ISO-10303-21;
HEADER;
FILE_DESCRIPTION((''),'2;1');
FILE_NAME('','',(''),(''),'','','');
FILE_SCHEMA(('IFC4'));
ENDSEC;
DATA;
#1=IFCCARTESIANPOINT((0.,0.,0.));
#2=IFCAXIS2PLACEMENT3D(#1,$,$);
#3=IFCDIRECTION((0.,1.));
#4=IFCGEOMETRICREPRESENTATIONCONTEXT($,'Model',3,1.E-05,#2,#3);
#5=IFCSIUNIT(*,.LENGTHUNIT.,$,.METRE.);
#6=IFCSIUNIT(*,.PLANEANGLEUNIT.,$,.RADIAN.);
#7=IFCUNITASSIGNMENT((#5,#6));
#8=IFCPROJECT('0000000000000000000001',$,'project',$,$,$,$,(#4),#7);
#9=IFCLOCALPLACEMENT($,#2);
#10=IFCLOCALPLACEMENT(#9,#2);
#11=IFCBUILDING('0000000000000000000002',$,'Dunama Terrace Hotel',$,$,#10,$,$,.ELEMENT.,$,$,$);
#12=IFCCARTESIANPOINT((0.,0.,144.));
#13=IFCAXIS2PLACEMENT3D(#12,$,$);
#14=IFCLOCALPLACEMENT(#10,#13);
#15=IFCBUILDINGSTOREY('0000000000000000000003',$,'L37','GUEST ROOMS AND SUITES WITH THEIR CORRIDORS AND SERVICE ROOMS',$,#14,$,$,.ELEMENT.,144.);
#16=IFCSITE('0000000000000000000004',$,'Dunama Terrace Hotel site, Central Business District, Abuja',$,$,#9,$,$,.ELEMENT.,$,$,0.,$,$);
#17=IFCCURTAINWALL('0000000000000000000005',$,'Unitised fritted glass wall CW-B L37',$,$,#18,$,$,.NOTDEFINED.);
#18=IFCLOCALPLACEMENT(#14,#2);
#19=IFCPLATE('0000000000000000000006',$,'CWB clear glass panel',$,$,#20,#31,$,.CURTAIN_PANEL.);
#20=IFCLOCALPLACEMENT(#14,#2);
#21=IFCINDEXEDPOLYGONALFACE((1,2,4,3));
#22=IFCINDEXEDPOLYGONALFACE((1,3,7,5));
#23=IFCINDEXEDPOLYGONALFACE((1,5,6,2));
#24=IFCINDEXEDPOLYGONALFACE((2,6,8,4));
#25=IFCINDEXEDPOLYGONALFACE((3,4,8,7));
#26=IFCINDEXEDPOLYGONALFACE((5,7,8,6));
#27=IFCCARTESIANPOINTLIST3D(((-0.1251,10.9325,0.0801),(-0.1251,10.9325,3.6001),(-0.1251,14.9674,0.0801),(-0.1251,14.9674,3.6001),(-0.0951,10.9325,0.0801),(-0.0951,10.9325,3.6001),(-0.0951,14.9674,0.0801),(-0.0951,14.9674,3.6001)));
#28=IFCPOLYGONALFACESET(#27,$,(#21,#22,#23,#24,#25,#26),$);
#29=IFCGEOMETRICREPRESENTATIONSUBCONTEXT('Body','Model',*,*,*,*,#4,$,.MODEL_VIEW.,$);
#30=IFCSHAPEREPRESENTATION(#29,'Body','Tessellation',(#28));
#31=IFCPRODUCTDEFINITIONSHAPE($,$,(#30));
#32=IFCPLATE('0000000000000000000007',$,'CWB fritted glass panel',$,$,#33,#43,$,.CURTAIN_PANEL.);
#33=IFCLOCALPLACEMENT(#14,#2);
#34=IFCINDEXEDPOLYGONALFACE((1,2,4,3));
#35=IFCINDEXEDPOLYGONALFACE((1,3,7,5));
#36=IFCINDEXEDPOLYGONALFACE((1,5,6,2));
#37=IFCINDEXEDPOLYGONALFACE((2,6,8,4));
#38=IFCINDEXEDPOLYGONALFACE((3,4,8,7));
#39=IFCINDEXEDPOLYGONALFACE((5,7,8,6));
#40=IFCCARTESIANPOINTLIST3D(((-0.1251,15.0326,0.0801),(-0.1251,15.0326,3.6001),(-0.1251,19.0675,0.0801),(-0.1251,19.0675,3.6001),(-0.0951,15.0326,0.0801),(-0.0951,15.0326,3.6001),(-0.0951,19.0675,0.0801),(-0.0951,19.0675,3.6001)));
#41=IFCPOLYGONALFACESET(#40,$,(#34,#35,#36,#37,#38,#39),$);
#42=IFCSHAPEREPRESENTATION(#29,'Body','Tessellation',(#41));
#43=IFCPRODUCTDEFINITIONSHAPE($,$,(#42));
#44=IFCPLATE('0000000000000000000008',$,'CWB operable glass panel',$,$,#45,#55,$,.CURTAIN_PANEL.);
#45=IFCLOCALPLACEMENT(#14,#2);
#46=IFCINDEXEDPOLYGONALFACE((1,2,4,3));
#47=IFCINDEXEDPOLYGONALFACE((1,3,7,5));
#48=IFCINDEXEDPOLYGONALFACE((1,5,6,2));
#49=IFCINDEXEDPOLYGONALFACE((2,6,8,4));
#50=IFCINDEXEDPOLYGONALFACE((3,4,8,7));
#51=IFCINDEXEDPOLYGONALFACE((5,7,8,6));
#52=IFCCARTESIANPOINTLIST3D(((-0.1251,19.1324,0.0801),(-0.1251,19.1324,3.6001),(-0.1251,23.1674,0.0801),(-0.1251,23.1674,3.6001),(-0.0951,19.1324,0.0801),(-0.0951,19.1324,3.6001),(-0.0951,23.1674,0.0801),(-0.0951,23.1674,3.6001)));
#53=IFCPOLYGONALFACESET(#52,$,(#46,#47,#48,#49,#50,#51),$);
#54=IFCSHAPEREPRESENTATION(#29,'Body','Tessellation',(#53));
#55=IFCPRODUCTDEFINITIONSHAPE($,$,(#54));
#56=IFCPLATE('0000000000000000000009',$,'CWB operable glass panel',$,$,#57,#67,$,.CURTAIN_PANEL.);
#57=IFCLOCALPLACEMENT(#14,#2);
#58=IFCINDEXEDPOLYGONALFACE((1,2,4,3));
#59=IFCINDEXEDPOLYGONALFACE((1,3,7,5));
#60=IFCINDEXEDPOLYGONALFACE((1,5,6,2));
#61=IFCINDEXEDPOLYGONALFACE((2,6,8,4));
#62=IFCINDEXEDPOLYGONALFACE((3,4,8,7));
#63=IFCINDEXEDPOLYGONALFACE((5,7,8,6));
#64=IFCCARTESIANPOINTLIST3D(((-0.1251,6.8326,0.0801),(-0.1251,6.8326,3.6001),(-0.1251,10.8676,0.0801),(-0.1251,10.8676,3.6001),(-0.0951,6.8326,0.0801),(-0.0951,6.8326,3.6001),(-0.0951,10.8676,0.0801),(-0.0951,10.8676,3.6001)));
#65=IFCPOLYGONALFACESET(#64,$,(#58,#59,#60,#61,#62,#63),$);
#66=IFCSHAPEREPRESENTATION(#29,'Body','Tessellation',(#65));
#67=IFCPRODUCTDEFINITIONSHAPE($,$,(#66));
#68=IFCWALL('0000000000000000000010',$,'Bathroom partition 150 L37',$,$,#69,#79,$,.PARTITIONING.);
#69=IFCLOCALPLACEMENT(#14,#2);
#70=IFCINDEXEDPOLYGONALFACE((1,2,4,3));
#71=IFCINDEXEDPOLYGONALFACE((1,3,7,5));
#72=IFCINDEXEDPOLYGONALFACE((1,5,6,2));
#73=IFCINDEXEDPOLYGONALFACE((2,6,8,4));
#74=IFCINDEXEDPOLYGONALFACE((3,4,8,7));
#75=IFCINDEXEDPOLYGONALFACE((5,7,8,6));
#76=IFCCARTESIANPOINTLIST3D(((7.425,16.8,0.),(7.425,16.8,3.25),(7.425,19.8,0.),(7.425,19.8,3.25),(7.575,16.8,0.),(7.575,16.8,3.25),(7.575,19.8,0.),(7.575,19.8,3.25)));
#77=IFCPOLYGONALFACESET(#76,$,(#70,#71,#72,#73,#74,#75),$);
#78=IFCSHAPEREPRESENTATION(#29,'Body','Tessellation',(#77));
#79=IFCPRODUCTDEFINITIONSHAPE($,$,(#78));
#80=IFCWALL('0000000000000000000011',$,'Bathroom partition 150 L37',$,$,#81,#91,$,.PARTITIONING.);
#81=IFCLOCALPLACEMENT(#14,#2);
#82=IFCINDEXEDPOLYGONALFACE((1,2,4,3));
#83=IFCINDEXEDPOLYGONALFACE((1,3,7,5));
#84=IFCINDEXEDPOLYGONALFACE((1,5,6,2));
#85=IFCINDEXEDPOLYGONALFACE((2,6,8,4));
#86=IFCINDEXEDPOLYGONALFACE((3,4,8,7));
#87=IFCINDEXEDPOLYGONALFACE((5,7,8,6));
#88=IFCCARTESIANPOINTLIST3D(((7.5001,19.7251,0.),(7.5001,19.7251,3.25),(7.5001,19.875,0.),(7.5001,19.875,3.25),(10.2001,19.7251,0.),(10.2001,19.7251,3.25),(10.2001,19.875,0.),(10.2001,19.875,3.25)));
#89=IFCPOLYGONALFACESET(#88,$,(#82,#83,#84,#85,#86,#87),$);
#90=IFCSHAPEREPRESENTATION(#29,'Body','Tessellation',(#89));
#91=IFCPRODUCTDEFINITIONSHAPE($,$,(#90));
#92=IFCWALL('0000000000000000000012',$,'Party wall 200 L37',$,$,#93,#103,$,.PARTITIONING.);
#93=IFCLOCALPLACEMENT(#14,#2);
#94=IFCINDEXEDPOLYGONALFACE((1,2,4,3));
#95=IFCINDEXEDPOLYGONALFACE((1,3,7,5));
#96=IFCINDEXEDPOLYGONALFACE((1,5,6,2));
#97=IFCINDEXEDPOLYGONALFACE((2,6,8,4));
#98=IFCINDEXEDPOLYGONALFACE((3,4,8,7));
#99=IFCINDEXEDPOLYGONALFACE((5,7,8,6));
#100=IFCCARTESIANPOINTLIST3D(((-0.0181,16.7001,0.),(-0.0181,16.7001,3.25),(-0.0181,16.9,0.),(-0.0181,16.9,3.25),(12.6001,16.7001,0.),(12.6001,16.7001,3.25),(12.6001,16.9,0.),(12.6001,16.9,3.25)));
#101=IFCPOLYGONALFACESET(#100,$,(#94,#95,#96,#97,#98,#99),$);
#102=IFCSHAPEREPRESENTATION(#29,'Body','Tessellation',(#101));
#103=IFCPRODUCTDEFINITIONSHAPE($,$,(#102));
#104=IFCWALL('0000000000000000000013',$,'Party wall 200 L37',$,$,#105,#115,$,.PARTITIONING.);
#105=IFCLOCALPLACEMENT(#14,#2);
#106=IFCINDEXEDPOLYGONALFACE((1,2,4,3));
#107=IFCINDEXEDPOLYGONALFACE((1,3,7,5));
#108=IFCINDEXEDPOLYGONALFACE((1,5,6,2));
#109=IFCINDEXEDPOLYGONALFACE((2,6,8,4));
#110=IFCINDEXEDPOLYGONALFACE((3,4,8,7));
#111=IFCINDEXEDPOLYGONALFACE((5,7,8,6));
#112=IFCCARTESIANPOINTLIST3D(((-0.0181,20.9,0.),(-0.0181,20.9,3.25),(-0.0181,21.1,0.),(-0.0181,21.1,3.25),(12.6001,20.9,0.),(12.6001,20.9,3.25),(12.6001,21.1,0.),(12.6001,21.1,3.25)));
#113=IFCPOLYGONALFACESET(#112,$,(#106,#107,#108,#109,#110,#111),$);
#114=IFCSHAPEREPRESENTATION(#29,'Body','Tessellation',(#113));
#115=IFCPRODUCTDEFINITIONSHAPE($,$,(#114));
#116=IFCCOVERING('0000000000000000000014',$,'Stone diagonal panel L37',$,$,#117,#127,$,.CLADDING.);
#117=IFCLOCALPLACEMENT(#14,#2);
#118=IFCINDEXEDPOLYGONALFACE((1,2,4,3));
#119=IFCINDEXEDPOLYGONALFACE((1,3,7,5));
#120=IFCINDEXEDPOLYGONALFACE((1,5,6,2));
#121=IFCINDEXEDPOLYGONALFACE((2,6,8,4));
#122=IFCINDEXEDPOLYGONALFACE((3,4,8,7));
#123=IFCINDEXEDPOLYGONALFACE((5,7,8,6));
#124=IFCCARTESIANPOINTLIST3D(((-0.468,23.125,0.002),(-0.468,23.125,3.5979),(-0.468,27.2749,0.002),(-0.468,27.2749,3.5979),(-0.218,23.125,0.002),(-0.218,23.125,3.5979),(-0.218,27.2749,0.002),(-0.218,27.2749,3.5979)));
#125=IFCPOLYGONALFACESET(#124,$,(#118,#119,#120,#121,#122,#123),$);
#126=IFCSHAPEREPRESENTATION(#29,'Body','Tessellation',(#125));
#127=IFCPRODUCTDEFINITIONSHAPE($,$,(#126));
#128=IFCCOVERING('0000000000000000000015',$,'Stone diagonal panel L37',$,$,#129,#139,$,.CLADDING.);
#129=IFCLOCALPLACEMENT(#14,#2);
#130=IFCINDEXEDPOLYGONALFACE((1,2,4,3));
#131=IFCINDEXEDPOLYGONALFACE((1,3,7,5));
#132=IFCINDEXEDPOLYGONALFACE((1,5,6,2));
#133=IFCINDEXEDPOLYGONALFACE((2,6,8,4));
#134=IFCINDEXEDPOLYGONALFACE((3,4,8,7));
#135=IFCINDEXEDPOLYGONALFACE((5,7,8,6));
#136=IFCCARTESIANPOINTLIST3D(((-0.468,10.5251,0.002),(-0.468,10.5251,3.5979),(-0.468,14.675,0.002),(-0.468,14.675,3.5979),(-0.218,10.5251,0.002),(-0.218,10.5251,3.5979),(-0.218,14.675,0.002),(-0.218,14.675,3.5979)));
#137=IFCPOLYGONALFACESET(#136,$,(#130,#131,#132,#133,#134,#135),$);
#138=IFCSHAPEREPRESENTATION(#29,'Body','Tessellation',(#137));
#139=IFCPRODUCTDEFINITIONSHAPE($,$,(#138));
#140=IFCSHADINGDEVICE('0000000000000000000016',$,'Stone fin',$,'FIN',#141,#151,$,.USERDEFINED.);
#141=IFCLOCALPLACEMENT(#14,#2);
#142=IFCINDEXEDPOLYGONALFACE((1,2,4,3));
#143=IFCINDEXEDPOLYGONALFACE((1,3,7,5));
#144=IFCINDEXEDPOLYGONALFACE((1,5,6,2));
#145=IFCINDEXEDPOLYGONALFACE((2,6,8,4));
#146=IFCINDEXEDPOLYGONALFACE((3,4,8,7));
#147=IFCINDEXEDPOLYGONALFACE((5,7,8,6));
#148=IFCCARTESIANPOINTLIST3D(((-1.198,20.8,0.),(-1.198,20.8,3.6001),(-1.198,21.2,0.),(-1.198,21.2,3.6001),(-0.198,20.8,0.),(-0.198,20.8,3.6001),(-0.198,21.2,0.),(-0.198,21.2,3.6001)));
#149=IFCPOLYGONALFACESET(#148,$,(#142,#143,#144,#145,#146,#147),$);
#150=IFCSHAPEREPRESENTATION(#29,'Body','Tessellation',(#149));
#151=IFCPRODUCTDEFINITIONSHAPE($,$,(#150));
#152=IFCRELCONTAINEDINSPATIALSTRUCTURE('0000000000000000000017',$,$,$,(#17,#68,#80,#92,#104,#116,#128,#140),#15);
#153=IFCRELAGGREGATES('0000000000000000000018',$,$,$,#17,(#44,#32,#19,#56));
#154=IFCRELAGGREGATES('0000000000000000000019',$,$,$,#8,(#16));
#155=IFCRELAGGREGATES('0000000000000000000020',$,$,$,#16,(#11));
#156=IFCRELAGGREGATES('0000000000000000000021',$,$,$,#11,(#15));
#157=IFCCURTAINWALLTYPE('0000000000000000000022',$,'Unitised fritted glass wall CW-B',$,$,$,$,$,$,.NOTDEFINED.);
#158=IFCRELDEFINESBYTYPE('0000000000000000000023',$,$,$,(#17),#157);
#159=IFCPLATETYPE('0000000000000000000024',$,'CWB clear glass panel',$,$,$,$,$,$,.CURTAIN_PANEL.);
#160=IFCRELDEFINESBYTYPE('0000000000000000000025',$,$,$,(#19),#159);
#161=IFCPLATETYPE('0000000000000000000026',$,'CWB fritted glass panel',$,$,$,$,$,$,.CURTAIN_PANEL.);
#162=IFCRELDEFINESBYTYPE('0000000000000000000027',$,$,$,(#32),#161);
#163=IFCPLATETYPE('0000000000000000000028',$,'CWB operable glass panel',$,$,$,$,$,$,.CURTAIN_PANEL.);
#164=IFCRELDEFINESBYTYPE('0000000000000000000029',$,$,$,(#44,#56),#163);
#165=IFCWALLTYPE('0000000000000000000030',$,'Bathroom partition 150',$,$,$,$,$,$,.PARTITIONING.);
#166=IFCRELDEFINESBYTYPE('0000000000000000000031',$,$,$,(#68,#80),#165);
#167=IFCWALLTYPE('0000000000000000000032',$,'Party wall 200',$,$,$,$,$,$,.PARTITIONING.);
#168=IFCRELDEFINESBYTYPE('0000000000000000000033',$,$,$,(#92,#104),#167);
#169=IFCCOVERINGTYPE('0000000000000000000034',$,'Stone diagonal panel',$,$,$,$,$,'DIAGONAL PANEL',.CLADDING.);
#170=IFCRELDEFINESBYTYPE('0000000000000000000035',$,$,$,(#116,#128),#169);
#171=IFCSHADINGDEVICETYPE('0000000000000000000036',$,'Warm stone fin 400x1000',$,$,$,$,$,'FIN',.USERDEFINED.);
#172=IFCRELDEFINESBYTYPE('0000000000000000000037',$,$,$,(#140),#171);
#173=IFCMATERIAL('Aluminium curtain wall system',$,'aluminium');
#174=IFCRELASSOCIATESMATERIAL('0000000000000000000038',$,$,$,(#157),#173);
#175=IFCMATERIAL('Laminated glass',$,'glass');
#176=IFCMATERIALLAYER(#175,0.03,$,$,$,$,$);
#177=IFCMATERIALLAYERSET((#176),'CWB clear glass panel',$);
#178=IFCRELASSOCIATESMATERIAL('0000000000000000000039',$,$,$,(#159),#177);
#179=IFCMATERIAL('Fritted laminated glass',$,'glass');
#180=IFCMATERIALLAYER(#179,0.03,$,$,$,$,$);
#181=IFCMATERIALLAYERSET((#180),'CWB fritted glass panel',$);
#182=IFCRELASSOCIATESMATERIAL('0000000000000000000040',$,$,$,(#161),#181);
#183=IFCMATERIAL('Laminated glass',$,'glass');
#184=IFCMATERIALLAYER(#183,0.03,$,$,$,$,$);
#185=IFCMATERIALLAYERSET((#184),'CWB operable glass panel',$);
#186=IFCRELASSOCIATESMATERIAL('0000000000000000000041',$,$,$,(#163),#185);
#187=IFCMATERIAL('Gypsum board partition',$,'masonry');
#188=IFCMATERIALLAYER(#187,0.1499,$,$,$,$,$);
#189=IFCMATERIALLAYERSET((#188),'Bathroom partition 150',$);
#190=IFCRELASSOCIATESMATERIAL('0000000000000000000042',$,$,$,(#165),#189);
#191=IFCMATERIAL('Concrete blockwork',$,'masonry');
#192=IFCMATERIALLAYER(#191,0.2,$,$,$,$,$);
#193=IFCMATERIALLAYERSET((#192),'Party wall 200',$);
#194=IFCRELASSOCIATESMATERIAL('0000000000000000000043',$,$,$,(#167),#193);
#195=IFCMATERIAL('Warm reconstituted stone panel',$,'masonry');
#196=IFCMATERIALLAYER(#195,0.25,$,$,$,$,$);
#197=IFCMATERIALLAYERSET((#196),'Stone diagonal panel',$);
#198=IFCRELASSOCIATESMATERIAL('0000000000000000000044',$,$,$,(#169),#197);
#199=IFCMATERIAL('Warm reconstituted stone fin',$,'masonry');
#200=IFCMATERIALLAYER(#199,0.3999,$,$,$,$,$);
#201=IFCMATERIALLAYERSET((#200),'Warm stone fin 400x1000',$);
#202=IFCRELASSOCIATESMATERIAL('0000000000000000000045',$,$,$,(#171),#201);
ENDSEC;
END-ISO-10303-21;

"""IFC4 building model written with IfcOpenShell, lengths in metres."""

from ifc_helpers import new_model, si_unit, direction, frame, frame_2d, origin, origin_2d, place, context, subcontext, project, spatial, rectangle, extrude, material, layer, layer_set, type_object, element, aggregate, save


model = new_model("IFC4")

# Units and contexts
model_context = context("Model", 3, precision=1e-05, world=origin(), true_north=direction((0.0, 1.0)))
body_context = subcontext(model_context, "Body", "Model", "MODEL_VIEW")
ifc_project = project(units=[si_unit("LENGTHUNIT", "METRE"), si_unit("PLANEANGLEUNIT", "RADIAN")], contexts=[model_context])

# Site, building, storey
site_placement = place(None, origin())
site = spatial("IfcSite", under=ifc_project, at=site_placement, Name="Dunama Terrace Hotel site, Central Business District, Abuja", CompositionType="ELEMENT", RefElevation=0.0)
building_placement = place(site_placement, origin())
building = spatial("IfcBuilding", under=site, at=building_placement, Name="Dunama Terrace Hotel", CompositionType="ELEMENT")
storey_placement = place(building_placement, frame((0.0, 0.0, 144.0)))
storey = spatial("IfcBuildingStorey", under=building, at=storey_placement, Name="L37", Description="GUEST ROOMS AND SUITES WITH THEIR CORRIDORS AND SERVICE ROOMS", CompositionType="ELEMENT", Elevation=144.0)

# Curtain wall
ifc_material_1 = material(Name="Aluminium curtain wall system", Category="aluminium")
curtain_wall_type = type_object("IfcCurtainWallType", Name="Unitised fritted glass wall CW-B", PredefinedType="NOTDEFINED", material=ifc_material_1)
curtain_wall_placement = place(storey_placement, origin())
curtain_wall = element("IfcCurtainWall", 1, at=curtain_wall_placement, inside=storey, type_object=curtain_wall_type, Name="Unitised fritted glass wall CW-B L37", PredefinedType="NOTDEFINED")

# Plates
ifc_material_2 = material(Name="Laminated glass", Category="glass")
ifc_layer_1 = layer(ifc_material_2, 0.03)
ifc_layer_set_1 = layer_set([ifc_layer_1], Name="CWB clear glass panel")
plate_type_1 = type_object("IfcPlateType", Name="CWB clear glass panel", PredefinedType="CURTAIN_PANEL", material=ifc_layer_set_1)
plate_1_placement = place(storey_placement, frame((-0.1101, 12.95, 0.0801), z_axis=(0.0, 0.0, 1.0), x_axis=(0.0, -1.0, 0.0)))
plate_1 = element("IfcPlate", 2, at=plate_1_placement, type_object=plate_type_1, Name="CWB clear glass panel", PredefinedType="CURTAIN_PANEL", context=body_context, shape_type="SweptSolid", body=[
    extrude(rectangle(XDim=4.0349, YDim=0.03, at=origin_2d()), origin(), (0.0, 0.0, 1.0), 3.52),
])
ifc_material_3 = material(Name="Fritted laminated glass", Category="glass")
ifc_layer_2 = layer(ifc_material_3, 0.03)
ifc_layer_set_2 = layer_set([ifc_layer_2], Name="CWB fritted glass panel")
plate_type_2 = type_object("IfcPlateType", Name="CWB fritted glass panel", PredefinedType="CURTAIN_PANEL", material=ifc_layer_set_2)
plate_2_placement = place(storey_placement, frame((-0.1101, 17.05, 0.0801), z_axis=(0.0, 0.0, 1.0), x_axis=(0.0, -1.0, 0.0)))
plate_2 = element("IfcPlate", 3, at=plate_2_placement, type_object=plate_type_2, Name="CWB fritted glass panel", PredefinedType="CURTAIN_PANEL", context=body_context, shape_type="SweptSolid", body=[
    extrude(rectangle(XDim=4.0349, YDim=0.03, at=origin_2d()), origin(), (0.0, 0.0, 1.0), 3.52),
])
ifc_material_4 = material(Name="Laminated glass", Category="glass")
ifc_layer_3 = layer(ifc_material_4, 0.03)
ifc_layer_set_3 = layer_set([ifc_layer_3], Name="CWB operable glass panel")
plate_type_3 = type_object("IfcPlateType", Name="CWB operable glass panel", PredefinedType="CURTAIN_PANEL", material=ifc_layer_set_3)
plate_3_placement = place(storey_placement, frame((-0.1101, 21.1499, 0.0801), z_axis=(0.0, 0.0, 1.0), x_axis=(0.0, -1.0, 0.0)))
plate_3 = element("IfcPlate", 4, at=plate_3_placement, type_object=plate_type_3, Name="CWB operable glass panel", PredefinedType="CURTAIN_PANEL", context=body_context, shape_type="SweptSolid", body=[
    extrude(rectangle(XDim=4.0349, YDim=0.03, at=origin_2d()), origin(), (0.0, 0.0, 1.0), 3.52),
])
plate_4_placement = place(storey_placement, frame((-0.1101, 8.8501, 0.0801), z_axis=(0.0, 0.0, 1.0), x_axis=(0.0, -1.0, 0.0)))
plate_4 = element("IfcPlate", 5, at=plate_4_placement, type_object=plate_type_3, Name="CWB operable glass panel", PredefinedType="CURTAIN_PANEL", context=body_context, shape_type="SweptSolid", body=[
    extrude(rectangle(XDim=4.0349, YDim=0.03, at=origin_2d()), origin(), (0.0, 0.0, 1.0), 3.52),
])
aggregate(curtain_wall, [plate_3, plate_2, plate_1, plate_4])

# Walls
ifc_material_5 = material(Name="Gypsum board partition", Category="masonry")
ifc_layer_4 = layer(ifc_material_5, 0.1499)
ifc_layer_set_4 = layer_set([ifc_layer_4], Name="Bathroom partition 150")
wall_type_1 = type_object("IfcWallType", Name="Bathroom partition 150", PredefinedType="PARTITIONING", material=ifc_layer_set_4)
wall_1_placement = place(storey_placement, frame((7.5, 16.8, 0.0), z_axis=(0.0, 0.0, 1.0), x_axis=(0.0, 1.0, 0.0)))
element("IfcWall", 6, at=wall_1_placement, inside=storey, type_object=wall_type_1, Name="Bathroom partition 150 L37", PredefinedType="PARTITIONING", context=body_context, shape_type="SweptSolid", body=[
    extrude(rectangle(XDim=3.0, YDim=0.1499, at=frame_2d((1.5, 0.0))), origin(), (0.0, 0.0, 1.0), 3.25),
])
wall_2_placement = place(storey_placement, frame((7.5, 19.8, 0.0), z_axis=(0.0, 0.0, 1.0), x_axis=(1.0, 0.0, 0.0)))
element("IfcWall", 7, at=wall_2_placement, inside=storey, type_object=wall_type_1, Name="Bathroom partition 150 L37", PredefinedType="PARTITIONING", context=body_context, shape_type="SweptSolid", body=[
    extrude(rectangle(XDim=2.7, YDim=0.1499, at=frame_2d((1.3501, 0.0))), origin(), (0.0, 0.0, 1.0), 3.25),
])
ifc_material_6 = material(Name="Concrete blockwork", Category="masonry")
ifc_layer_5 = layer(ifc_material_6, 0.2)
ifc_layer_set_5 = layer_set([ifc_layer_5], Name="Party wall 200")
wall_type_2 = type_object("IfcWallType", Name="Party wall 200", PredefinedType="PARTITIONING", material=ifc_layer_set_5)
for number, where, z_axis, x_axis, name in (
    (8, (-0.0181, 16.8, 0.0), (0.0, 0.0, 1.0), (1.0, 0.0, 0.0), "Party wall 200 L37"),
    (9, (-0.0181, 21.0, 0.0), (0.0, 0.0, 1.0), (1.0, 0.0, 0.0), "Party wall 200 L37"),
):
    element("IfcWall", number, at=place(storey_placement, frame(where, z_axis=z_axis, x_axis=x_axis)), inside=storey, type_object=wall_type_2, Name=name, PredefinedType="PARTITIONING", context=body_context, shape_type="SweptSolid", body=[
        extrude(rectangle(XDim=12.6182, YDim=0.2, at=frame_2d((6.3091, 0.0))), origin(), (0.0, 0.0, 1.0), 3.25),
    ])

# Coverings
ifc_material_7 = material(Name="Warm reconstituted stone panel", Category="masonry")
ifc_layer_6 = layer(ifc_material_7, 0.25)
ifc_layer_set_6 = layer_set([ifc_layer_6], Name="Stone diagonal panel")
covering_type = type_object("IfcCoveringType", Name="Stone diagonal panel", ElementType="DIAGONAL PANEL", PredefinedType="CLADDING", material=ifc_layer_set_6)
for number, where, z_axis, x_axis, name in (
    (10, (-0.343, 25.2, 0.002), (0.0, 0.0, 1.0), (0.0, -1.0, 0.0), "Stone diagonal panel L37"),
    (11, (-0.343, 12.6001, 0.002), (0.0, 0.0, 1.0), (0.0, -1.0, 0.0), "Stone diagonal panel L37"),
):
    element("IfcCovering", number, at=place(storey_placement, frame(where, z_axis=z_axis, x_axis=x_axis)), inside=storey, type_object=covering_type, Name=name, PredefinedType="CLADDING", context=body_context, shape_type="SweptSolid", body=[
        extrude(rectangle(XDim=4.1499, YDim=0.25, at=origin_2d()), origin(), (0.0, 0.0, 1.0), 3.5959),
    ])

# Shading device
ifc_material_8 = material(Name="Warm reconstituted stone fin", Category="masonry")
ifc_layer_7 = layer(ifc_material_8, 0.3999)
ifc_layer_set_7 = layer_set([ifc_layer_7], Name="Warm stone fin 400x1000")
shading_device_type = type_object("IfcShadingDeviceType", Name="Warm stone fin 400x1000", ElementType="FIN", PredefinedType="USERDEFINED", material=ifc_layer_set_7)
shading_device_placement = place(storey_placement, frame((-0.698, 21.0, 0.0), z_axis=(0.0, 0.0, 1.0), x_axis=(0.0, -1.0, 0.0)))
element("IfcShadingDevice", 12, at=shading_device_placement, inside=storey, type_object=shading_device_type, Name="Stone fin", ObjectType="FIN", PredefinedType="USERDEFINED", context=body_context, shape_type="SweptSolid", body=[
    extrude(rectangle(XDim=0.3999, YDim=1.0, at=origin_2d()), origin(), (0.0, 0.0, 1.0), 3.6001),
])

save(model, "model.ifc")
